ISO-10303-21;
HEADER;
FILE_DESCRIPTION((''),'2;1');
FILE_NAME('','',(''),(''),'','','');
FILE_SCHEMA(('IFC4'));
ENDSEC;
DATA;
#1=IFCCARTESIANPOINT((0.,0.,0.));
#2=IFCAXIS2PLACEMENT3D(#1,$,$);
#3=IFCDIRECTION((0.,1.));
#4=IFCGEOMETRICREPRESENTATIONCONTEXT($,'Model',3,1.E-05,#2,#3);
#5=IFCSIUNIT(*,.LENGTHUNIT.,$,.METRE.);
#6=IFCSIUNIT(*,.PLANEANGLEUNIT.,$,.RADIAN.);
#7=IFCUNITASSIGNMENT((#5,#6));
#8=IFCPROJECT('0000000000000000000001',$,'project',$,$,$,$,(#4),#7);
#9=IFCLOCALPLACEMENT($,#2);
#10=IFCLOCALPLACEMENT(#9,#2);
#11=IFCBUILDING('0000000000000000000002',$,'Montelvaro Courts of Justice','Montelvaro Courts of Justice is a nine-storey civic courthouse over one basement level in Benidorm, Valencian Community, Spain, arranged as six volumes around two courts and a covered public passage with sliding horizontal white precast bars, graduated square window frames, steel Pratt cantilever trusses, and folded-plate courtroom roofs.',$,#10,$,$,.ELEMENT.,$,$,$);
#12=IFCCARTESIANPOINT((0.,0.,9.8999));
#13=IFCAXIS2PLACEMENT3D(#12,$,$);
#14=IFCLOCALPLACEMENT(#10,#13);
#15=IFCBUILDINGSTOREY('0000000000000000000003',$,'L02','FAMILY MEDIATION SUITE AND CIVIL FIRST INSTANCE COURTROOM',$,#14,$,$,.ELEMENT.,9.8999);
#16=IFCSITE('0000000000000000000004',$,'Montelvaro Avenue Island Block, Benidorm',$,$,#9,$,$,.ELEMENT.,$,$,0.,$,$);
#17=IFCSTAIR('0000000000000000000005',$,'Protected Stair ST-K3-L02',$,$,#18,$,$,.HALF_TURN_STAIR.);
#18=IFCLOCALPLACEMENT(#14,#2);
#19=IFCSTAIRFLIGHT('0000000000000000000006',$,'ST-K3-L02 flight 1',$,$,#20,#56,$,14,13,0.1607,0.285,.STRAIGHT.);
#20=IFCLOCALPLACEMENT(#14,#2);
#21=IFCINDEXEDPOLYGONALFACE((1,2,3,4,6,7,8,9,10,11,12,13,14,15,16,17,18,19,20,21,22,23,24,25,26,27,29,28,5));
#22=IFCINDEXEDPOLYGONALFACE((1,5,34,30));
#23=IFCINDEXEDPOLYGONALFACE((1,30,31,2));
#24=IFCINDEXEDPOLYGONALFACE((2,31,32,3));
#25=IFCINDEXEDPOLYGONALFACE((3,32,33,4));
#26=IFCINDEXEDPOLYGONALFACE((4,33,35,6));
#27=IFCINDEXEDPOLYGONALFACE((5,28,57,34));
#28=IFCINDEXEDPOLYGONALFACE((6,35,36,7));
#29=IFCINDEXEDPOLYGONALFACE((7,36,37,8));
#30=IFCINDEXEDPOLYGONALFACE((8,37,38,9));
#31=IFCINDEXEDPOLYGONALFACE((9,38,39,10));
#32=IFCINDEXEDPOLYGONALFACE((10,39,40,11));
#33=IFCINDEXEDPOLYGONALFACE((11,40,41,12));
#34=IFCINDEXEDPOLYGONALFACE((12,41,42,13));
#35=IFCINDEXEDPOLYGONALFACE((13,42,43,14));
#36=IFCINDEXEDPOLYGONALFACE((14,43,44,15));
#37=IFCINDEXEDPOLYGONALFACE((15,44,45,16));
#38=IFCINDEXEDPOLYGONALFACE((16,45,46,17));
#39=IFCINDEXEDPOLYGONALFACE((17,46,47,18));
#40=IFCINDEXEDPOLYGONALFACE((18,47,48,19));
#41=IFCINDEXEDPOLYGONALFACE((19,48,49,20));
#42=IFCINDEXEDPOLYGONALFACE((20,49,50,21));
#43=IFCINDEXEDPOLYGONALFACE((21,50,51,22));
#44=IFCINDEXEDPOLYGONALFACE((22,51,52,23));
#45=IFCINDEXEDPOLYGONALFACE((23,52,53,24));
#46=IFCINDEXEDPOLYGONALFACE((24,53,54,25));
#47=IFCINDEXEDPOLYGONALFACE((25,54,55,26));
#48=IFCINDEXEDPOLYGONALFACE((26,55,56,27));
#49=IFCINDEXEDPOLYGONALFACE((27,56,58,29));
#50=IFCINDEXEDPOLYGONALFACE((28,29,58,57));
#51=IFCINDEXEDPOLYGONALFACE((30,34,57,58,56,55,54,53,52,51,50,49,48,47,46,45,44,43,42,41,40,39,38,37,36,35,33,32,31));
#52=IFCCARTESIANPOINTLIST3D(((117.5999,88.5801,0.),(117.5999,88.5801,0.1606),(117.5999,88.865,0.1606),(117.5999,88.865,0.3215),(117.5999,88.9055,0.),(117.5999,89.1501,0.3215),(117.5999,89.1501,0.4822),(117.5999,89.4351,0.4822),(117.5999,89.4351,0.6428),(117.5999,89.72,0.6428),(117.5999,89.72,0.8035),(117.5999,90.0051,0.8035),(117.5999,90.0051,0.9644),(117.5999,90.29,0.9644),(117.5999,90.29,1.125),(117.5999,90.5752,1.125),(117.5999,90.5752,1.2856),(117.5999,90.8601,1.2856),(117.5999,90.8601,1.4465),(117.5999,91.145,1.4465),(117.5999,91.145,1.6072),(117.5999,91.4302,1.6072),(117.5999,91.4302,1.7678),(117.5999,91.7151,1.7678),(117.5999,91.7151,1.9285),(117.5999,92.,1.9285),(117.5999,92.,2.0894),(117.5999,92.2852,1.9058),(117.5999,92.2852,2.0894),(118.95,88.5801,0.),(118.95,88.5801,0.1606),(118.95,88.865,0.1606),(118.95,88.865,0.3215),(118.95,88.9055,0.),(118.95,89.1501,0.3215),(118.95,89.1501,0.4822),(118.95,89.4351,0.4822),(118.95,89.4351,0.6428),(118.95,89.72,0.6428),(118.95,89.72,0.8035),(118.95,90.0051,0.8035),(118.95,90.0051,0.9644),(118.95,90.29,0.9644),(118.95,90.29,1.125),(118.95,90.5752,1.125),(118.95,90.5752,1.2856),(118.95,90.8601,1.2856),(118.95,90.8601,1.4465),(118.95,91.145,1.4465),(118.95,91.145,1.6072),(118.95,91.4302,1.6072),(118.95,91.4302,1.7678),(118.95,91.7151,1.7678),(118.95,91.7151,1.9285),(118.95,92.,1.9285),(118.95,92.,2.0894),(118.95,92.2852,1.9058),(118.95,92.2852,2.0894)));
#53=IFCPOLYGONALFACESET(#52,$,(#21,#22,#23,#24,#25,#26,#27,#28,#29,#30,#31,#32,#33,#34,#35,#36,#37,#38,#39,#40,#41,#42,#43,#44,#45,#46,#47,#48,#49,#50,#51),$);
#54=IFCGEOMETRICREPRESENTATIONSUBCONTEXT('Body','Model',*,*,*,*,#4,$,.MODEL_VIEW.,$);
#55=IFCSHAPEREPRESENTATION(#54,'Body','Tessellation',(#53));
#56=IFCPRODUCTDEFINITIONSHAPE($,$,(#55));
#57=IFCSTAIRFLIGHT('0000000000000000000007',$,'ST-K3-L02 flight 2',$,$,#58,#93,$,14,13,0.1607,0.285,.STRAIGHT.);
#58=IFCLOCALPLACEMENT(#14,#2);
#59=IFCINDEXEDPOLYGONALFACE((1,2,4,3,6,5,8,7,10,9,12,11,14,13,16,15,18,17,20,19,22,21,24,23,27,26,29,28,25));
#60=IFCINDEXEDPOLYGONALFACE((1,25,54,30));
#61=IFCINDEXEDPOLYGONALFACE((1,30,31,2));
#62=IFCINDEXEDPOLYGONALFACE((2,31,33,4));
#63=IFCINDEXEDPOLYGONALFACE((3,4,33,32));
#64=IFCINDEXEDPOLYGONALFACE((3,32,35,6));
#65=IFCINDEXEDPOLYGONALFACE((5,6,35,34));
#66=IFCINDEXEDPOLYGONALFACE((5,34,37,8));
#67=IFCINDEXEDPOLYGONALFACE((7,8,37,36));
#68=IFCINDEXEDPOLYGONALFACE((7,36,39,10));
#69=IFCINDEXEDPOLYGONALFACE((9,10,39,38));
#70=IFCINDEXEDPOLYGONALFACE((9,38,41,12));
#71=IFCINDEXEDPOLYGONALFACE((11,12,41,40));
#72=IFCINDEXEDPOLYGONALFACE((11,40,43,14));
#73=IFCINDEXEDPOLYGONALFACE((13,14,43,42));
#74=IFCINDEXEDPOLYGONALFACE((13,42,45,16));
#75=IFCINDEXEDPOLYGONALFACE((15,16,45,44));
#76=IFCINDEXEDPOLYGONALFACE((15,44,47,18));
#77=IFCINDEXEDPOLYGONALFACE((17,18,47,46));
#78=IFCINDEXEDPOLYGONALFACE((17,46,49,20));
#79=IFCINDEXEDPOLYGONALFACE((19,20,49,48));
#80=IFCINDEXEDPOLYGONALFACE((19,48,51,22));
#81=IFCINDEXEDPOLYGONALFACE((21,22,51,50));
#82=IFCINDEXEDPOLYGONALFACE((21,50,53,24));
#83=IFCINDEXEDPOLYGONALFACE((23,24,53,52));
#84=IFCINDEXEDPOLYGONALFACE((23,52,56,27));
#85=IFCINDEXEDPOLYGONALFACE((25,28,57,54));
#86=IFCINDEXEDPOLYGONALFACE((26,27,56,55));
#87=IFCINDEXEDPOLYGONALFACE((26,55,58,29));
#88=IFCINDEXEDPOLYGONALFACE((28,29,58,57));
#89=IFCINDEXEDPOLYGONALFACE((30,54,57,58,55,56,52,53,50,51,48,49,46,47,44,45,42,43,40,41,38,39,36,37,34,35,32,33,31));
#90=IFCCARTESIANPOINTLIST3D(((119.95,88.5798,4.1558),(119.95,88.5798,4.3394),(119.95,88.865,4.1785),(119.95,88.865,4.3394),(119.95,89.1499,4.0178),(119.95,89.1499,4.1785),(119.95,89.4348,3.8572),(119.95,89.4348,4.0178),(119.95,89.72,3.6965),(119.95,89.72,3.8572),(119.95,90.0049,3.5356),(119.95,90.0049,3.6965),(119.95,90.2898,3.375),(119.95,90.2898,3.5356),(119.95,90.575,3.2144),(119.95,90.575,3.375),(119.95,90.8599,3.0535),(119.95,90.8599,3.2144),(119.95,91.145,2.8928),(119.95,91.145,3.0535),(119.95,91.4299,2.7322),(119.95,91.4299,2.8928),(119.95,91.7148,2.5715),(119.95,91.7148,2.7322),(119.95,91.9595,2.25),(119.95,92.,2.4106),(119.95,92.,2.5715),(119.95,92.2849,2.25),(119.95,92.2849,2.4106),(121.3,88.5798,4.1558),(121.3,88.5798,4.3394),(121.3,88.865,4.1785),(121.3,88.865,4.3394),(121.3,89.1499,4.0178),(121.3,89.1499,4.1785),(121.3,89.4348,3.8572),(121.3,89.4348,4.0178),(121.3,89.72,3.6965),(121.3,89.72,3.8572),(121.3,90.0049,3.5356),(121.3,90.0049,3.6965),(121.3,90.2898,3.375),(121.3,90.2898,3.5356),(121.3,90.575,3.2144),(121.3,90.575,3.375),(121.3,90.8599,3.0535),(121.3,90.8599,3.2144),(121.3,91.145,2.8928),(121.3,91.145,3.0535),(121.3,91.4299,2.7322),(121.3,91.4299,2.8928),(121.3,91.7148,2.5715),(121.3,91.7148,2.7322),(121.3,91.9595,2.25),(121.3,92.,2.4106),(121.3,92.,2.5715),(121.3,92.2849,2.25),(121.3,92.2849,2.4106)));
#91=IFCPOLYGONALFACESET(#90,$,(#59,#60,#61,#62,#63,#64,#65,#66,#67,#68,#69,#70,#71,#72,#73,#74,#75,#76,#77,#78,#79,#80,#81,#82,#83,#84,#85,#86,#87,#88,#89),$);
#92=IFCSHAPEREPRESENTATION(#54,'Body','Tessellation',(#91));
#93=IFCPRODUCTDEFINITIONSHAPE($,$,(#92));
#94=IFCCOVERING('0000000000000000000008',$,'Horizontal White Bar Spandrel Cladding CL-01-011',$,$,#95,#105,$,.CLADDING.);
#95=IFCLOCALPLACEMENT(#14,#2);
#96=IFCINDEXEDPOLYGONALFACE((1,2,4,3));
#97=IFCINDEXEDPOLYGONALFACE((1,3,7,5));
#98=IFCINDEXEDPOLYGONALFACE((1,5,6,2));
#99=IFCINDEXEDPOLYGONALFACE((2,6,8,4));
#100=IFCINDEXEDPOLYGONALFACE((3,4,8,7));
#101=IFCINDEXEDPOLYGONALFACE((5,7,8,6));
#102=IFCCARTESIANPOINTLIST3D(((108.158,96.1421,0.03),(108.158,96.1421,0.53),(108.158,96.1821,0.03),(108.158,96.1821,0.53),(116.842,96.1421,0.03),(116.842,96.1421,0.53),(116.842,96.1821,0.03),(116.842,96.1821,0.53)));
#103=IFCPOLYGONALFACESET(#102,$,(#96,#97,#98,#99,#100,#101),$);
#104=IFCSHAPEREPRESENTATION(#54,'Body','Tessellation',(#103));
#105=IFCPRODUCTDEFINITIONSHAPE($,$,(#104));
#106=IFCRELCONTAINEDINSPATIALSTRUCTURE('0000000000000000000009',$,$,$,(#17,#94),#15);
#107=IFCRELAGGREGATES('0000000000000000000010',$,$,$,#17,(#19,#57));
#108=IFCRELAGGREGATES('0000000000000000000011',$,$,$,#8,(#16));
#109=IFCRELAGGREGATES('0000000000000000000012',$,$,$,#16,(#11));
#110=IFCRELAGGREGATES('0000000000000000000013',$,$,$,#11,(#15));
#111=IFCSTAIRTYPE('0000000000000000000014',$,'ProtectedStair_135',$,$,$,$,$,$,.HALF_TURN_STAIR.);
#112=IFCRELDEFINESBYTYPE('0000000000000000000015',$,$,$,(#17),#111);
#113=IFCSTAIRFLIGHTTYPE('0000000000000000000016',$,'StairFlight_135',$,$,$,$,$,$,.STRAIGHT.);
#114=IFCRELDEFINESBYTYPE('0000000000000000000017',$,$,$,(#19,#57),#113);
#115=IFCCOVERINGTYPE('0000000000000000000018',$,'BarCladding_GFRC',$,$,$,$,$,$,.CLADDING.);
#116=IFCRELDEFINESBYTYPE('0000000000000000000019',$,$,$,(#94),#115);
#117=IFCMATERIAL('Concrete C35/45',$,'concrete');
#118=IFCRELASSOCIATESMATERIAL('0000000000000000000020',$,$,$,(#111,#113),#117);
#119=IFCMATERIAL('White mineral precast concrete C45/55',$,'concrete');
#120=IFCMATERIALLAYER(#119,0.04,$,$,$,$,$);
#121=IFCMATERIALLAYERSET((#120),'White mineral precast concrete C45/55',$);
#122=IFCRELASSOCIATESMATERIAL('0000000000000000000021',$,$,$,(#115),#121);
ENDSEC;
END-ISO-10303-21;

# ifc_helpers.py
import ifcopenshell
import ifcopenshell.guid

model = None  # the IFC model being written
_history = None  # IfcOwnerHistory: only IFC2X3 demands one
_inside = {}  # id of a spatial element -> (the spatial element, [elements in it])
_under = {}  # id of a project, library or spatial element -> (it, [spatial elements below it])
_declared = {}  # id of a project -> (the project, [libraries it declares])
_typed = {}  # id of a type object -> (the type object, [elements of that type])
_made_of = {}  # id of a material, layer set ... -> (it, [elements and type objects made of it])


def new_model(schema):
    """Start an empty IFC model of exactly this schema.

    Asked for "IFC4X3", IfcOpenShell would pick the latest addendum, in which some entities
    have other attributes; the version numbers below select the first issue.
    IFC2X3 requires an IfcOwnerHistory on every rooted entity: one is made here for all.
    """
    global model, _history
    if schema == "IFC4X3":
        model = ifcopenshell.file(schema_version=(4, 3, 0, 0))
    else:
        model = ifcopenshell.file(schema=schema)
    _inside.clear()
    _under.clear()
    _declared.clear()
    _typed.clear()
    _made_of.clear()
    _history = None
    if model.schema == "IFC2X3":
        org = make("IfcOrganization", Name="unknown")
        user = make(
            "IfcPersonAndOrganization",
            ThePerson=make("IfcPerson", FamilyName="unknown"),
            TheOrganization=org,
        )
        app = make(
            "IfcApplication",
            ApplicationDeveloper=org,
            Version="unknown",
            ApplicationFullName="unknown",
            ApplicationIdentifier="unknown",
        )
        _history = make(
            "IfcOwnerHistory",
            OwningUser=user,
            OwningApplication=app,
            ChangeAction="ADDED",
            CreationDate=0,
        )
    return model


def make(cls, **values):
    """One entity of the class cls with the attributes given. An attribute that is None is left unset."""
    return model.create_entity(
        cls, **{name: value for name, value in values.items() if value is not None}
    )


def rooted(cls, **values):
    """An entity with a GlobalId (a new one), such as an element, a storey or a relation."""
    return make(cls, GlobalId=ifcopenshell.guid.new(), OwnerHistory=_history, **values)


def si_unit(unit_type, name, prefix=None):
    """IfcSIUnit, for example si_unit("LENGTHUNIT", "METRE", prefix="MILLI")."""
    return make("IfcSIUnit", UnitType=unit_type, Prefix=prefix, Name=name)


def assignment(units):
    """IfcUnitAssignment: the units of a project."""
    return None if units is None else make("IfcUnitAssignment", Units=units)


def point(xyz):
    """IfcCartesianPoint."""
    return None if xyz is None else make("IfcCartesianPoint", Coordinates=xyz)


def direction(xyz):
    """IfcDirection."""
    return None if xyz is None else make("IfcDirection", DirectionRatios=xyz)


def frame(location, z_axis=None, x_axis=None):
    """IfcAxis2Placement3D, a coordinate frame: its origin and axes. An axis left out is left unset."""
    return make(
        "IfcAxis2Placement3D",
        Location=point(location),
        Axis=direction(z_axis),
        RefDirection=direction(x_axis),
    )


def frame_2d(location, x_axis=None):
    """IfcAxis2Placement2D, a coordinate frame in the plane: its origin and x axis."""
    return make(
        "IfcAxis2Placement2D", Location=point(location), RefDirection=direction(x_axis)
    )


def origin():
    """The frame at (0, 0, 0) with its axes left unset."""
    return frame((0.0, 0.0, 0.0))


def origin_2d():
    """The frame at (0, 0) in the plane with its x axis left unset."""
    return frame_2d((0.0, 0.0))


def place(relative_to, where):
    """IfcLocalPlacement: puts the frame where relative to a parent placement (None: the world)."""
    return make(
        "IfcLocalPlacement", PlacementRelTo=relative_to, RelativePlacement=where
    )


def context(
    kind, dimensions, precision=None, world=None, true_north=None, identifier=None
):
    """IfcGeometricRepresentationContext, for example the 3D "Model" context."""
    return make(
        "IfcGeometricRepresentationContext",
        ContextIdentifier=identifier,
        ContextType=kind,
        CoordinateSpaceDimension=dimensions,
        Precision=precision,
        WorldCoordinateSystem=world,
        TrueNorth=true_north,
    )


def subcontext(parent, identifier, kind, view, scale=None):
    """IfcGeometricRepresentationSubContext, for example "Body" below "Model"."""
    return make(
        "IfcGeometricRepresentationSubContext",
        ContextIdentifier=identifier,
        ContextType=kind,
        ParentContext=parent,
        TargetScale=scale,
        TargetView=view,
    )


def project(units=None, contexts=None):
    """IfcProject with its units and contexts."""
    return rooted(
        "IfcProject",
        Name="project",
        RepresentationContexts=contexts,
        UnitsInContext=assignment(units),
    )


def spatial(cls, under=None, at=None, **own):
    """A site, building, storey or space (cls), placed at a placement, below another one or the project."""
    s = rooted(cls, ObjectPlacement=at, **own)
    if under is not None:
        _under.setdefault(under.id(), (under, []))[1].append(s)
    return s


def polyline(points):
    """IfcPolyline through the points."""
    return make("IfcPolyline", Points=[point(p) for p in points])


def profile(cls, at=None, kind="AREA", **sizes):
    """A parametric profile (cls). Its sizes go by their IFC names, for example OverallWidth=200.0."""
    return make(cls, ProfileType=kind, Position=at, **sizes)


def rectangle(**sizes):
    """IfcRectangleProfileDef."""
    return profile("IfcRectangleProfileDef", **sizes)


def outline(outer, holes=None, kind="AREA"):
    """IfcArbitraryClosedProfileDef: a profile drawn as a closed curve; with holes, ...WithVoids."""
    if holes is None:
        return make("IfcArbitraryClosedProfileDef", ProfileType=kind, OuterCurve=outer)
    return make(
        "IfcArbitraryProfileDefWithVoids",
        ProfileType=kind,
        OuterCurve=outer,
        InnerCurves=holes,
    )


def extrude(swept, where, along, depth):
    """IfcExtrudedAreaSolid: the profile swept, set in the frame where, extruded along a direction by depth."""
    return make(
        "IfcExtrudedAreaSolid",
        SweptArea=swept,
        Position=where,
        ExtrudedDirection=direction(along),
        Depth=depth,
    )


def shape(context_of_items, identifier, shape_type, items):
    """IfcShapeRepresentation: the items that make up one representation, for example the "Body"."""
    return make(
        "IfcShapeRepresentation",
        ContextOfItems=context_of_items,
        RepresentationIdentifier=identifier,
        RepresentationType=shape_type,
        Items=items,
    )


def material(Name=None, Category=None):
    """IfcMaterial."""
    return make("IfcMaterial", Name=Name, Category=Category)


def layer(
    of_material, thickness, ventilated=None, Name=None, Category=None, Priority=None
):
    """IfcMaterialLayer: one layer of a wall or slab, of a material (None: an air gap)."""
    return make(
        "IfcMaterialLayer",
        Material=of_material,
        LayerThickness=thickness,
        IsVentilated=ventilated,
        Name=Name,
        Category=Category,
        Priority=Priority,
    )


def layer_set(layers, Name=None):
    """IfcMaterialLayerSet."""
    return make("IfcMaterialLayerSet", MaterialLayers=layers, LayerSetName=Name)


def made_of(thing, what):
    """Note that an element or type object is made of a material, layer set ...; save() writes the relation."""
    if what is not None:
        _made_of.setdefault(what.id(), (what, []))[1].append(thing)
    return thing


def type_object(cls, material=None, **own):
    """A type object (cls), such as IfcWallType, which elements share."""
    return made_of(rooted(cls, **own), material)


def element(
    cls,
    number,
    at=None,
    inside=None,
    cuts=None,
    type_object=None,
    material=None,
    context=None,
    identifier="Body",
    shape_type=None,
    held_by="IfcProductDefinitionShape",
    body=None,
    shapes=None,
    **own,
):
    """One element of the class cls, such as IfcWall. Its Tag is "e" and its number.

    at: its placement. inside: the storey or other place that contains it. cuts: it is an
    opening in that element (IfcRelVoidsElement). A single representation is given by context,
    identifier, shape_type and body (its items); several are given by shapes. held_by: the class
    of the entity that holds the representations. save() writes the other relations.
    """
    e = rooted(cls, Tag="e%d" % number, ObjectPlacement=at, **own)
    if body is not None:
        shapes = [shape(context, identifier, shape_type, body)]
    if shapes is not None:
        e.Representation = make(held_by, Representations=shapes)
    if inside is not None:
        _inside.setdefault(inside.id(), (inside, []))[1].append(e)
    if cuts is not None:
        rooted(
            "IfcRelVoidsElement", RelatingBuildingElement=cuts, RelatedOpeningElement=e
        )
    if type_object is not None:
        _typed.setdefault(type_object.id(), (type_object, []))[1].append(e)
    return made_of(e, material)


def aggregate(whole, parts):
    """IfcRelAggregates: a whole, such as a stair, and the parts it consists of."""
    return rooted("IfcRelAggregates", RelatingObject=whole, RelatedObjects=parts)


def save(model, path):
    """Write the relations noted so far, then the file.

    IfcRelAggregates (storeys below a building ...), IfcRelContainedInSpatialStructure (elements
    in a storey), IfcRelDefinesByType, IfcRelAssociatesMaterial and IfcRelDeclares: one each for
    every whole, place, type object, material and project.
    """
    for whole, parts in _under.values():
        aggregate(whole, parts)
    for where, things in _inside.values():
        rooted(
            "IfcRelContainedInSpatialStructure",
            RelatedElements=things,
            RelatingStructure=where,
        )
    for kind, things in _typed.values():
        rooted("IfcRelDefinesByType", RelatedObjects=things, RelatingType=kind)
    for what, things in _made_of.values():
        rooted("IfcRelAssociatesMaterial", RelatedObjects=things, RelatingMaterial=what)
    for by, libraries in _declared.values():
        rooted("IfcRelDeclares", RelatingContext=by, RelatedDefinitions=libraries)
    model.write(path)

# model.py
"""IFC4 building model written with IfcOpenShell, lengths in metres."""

from ifc_helpers import new_model, si_unit, direction, frame, origin, origin_2d, place, context, subcontext, project, spatial, polyline, rectangle, outline, extrude, material, layer, layer_set, type_object, element, aggregate, save


model = new_model("IFC4")

# Units and contexts
model_context = context("Model", 3, precision=1e-05, world=origin(), true_north=direction((0.0, 1.0)))
body_context = subcontext(model_context, "Body", "Model", "MODEL_VIEW")
ifc_project = project(units=[si_unit("LENGTHUNIT", "METRE"), si_unit("PLANEANGLEUNIT", "RADIAN")], contexts=[model_context])

# Site, building, storey
site_placement = place(None, origin())
site = spatial("IfcSite", under=ifc_project, at=site_placement, Name="Montelvaro Avenue Island Block, Benidorm", CompositionType="ELEMENT", RefElevation=0.0)
building_placement = place(site_placement, origin())
building = spatial("IfcBuilding", under=site, at=building_placement, Name="Montelvaro Courts of Justice", Description="Montelvaro Courts of Justice is a nine-storey civic courthouse over one basement level in Benidorm, Valencian Community, Spain, arranged as six volumes around two courts and a covered public passage with sliding horizontal white precast bars, graduated square window frames, steel Pratt cantilever trusses, and folded-plate courtroom roofs.", CompositionType="ELEMENT")
storey_placement = place(building_placement, frame((0.0, 0.0, 9.8999)))
storey = spatial("IfcBuildingStorey", under=building, at=storey_placement, Name="L02", Description="FAMILY MEDIATION SUITE AND CIVIL FIRST INSTANCE COURTROOM", CompositionType="ELEMENT", Elevation=9.8999)

# Shared definitions
ifc_material_1 = material(Name="White mineral precast concrete C45/55", Category="concrete")

# Shared definitions
ifc_material_2 = material(Name="Concrete C35/45", Category="concrete")

# Stair, stair flights
stair_type = type_object("IfcStairType", Name="ProtectedStair_135", PredefinedType="HALF_TURN_STAIR", material=ifc_material_2)
stair_placement = place(storey_placement, origin())
stair = element("IfcStair", 1, at=stair_placement, inside=storey, type_object=stair_type, Name="Protected Stair ST-K3-L02", PredefinedType="HALF_TURN_STAIR")
stair_flight_type = type_object("IfcStairFlightType", Name="StairFlight_135", PredefinedType="STRAIGHT", material=ifc_material_2)
stair_flight_1_placement = place(storey_placement, frame((118.2749, 88.5801, 0.0), z_axis=(0.0, 0.0, 1.0), x_axis=(0.0, 1.0, 0.0)))
stair_flight_1 = element("IfcStairFlight", 2, at=stair_flight_1_placement, type_object=stair_flight_type, Name="ST-K3-L02 flight 1", NumberOfRisers=14, NumberOfTreads=13, PredefinedType="STRAIGHT", RiserHeight=0.1607, TreadLength=0.285, context=body_context, shape_type="SweptSolid", body=[
    extrude(outline(polyline([(0.0, 0.0), (0.0, 0.1606), (0.2849, 0.1606), (0.2849, 0.3215), (0.5701, 0.3215), (0.5701, 0.4822), (0.855, 0.4822), (0.855, 0.6428), (1.1399, 0.6428), (1.1399, 0.8035), (1.425, 0.8035), (1.425, 0.9644), (1.71, 0.9644), (1.71, 1.125), (1.9951, 1.125), (1.9951, 1.2856), (2.28, 1.2856), (2.28, 1.4465), (2.5649, 1.4465), (2.5649, 1.6072), (2.8501, 1.6072), (2.8501, 1.7678), (3.135, 1.7678), (3.135, 1.9285), (3.4199, 1.9285), (3.4199, 2.0894), (3.7051, 2.0894), (3.7051, 2.25), (3.7051, 1.9058), (0.3254, 0.0), (0.0, 0.0)])), frame((0.0, 0.675, 0.0), z_axis=(0.0, -1.0, 0.0), x_axis=(1.0, 0.0, 0.0)), (0.0, 0.0, 1.0), 1.3501),
])
stair_flight_2_placement = place(storey_placement, frame((120.625, 92.2849, 2.25), z_axis=(0.0, 0.0, 1.0), x_axis=(0.0, -1.0, 0.0)))
stair_flight_2 = element("IfcStairFlight", 3, at=stair_flight_2_placement, type_object=stair_flight_type, Name="ST-K3-L02 flight 2", NumberOfRisers=14, NumberOfTreads=13, PredefinedType="STRAIGHT", RiserHeight=0.1607, TreadLength=0.285, context=body_context, shape_type="SweptSolid", body=[
    extrude(outline(polyline([(0.0, 0.0), (0.0, 0.1606), (0.2849, 0.1606), (0.2849, 0.3215), (0.5701, 0.3215), (0.5701, 0.4822), (0.855, 0.4822), (0.855, 0.6428), (1.1399, 0.6428), (1.1399, 0.8035), (1.425, 0.8035), (1.425, 0.9644), (1.71, 0.9644), (1.71, 1.125), (1.9951, 1.125), (1.9951, 1.2856), (2.28, 1.2856), (2.28, 1.4465), (2.5649, 1.4465), (2.5649, 1.6072), (2.8501, 1.6072), (2.8501, 1.7678), (3.135, 1.7678), (3.135, 1.9285), (3.4199, 1.9285), (3.4199, 2.0894), (3.7051, 2.0894), (3.7051, 2.25), (3.7051, 1.9058), (0.3254, 0.0), (0.0, 0.0)])), frame((0.0, 0.675, 0.0), z_axis=(0.0, -1.0, 0.0), x_axis=(1.0, 0.0, 0.0)), (0.0, 0.0, 1.0), 1.3501),
])
aggregate(stair, [stair_flight_1, stair_flight_2])

# Covering
ifc_layer_1 = layer(ifc_material_1, 0.04)
ifc_layer_set_1 = layer_set([ifc_layer_1], Name="White mineral precast concrete C45/55")
covering_type = type_object("IfcCoveringType", Name="BarCladding_GFRC", PredefinedType="CLADDING", material=ifc_layer_set_1)
covering_placement = place(storey_placement, frame((112.5, 96.1621, 0.03), z_axis=(0.0, 0.0, 1.0), x_axis=(-1.0, 0.0, 0.0)))
element("IfcCovering", 4, at=covering_placement, inside=storey, type_object=covering_type, Name="Horizontal White Bar Spandrel Cladding CL-01-011", PredefinedType="CLADDING", context=body_context, shape_type="SweptSolid", body=[
    extrude(rectangle(XDim=8.6841, YDim=0.04, at=origin_2d()), origin(), (0.0, 0.0, 1.0), 0.5),
])

save(model, "model.ifc")
